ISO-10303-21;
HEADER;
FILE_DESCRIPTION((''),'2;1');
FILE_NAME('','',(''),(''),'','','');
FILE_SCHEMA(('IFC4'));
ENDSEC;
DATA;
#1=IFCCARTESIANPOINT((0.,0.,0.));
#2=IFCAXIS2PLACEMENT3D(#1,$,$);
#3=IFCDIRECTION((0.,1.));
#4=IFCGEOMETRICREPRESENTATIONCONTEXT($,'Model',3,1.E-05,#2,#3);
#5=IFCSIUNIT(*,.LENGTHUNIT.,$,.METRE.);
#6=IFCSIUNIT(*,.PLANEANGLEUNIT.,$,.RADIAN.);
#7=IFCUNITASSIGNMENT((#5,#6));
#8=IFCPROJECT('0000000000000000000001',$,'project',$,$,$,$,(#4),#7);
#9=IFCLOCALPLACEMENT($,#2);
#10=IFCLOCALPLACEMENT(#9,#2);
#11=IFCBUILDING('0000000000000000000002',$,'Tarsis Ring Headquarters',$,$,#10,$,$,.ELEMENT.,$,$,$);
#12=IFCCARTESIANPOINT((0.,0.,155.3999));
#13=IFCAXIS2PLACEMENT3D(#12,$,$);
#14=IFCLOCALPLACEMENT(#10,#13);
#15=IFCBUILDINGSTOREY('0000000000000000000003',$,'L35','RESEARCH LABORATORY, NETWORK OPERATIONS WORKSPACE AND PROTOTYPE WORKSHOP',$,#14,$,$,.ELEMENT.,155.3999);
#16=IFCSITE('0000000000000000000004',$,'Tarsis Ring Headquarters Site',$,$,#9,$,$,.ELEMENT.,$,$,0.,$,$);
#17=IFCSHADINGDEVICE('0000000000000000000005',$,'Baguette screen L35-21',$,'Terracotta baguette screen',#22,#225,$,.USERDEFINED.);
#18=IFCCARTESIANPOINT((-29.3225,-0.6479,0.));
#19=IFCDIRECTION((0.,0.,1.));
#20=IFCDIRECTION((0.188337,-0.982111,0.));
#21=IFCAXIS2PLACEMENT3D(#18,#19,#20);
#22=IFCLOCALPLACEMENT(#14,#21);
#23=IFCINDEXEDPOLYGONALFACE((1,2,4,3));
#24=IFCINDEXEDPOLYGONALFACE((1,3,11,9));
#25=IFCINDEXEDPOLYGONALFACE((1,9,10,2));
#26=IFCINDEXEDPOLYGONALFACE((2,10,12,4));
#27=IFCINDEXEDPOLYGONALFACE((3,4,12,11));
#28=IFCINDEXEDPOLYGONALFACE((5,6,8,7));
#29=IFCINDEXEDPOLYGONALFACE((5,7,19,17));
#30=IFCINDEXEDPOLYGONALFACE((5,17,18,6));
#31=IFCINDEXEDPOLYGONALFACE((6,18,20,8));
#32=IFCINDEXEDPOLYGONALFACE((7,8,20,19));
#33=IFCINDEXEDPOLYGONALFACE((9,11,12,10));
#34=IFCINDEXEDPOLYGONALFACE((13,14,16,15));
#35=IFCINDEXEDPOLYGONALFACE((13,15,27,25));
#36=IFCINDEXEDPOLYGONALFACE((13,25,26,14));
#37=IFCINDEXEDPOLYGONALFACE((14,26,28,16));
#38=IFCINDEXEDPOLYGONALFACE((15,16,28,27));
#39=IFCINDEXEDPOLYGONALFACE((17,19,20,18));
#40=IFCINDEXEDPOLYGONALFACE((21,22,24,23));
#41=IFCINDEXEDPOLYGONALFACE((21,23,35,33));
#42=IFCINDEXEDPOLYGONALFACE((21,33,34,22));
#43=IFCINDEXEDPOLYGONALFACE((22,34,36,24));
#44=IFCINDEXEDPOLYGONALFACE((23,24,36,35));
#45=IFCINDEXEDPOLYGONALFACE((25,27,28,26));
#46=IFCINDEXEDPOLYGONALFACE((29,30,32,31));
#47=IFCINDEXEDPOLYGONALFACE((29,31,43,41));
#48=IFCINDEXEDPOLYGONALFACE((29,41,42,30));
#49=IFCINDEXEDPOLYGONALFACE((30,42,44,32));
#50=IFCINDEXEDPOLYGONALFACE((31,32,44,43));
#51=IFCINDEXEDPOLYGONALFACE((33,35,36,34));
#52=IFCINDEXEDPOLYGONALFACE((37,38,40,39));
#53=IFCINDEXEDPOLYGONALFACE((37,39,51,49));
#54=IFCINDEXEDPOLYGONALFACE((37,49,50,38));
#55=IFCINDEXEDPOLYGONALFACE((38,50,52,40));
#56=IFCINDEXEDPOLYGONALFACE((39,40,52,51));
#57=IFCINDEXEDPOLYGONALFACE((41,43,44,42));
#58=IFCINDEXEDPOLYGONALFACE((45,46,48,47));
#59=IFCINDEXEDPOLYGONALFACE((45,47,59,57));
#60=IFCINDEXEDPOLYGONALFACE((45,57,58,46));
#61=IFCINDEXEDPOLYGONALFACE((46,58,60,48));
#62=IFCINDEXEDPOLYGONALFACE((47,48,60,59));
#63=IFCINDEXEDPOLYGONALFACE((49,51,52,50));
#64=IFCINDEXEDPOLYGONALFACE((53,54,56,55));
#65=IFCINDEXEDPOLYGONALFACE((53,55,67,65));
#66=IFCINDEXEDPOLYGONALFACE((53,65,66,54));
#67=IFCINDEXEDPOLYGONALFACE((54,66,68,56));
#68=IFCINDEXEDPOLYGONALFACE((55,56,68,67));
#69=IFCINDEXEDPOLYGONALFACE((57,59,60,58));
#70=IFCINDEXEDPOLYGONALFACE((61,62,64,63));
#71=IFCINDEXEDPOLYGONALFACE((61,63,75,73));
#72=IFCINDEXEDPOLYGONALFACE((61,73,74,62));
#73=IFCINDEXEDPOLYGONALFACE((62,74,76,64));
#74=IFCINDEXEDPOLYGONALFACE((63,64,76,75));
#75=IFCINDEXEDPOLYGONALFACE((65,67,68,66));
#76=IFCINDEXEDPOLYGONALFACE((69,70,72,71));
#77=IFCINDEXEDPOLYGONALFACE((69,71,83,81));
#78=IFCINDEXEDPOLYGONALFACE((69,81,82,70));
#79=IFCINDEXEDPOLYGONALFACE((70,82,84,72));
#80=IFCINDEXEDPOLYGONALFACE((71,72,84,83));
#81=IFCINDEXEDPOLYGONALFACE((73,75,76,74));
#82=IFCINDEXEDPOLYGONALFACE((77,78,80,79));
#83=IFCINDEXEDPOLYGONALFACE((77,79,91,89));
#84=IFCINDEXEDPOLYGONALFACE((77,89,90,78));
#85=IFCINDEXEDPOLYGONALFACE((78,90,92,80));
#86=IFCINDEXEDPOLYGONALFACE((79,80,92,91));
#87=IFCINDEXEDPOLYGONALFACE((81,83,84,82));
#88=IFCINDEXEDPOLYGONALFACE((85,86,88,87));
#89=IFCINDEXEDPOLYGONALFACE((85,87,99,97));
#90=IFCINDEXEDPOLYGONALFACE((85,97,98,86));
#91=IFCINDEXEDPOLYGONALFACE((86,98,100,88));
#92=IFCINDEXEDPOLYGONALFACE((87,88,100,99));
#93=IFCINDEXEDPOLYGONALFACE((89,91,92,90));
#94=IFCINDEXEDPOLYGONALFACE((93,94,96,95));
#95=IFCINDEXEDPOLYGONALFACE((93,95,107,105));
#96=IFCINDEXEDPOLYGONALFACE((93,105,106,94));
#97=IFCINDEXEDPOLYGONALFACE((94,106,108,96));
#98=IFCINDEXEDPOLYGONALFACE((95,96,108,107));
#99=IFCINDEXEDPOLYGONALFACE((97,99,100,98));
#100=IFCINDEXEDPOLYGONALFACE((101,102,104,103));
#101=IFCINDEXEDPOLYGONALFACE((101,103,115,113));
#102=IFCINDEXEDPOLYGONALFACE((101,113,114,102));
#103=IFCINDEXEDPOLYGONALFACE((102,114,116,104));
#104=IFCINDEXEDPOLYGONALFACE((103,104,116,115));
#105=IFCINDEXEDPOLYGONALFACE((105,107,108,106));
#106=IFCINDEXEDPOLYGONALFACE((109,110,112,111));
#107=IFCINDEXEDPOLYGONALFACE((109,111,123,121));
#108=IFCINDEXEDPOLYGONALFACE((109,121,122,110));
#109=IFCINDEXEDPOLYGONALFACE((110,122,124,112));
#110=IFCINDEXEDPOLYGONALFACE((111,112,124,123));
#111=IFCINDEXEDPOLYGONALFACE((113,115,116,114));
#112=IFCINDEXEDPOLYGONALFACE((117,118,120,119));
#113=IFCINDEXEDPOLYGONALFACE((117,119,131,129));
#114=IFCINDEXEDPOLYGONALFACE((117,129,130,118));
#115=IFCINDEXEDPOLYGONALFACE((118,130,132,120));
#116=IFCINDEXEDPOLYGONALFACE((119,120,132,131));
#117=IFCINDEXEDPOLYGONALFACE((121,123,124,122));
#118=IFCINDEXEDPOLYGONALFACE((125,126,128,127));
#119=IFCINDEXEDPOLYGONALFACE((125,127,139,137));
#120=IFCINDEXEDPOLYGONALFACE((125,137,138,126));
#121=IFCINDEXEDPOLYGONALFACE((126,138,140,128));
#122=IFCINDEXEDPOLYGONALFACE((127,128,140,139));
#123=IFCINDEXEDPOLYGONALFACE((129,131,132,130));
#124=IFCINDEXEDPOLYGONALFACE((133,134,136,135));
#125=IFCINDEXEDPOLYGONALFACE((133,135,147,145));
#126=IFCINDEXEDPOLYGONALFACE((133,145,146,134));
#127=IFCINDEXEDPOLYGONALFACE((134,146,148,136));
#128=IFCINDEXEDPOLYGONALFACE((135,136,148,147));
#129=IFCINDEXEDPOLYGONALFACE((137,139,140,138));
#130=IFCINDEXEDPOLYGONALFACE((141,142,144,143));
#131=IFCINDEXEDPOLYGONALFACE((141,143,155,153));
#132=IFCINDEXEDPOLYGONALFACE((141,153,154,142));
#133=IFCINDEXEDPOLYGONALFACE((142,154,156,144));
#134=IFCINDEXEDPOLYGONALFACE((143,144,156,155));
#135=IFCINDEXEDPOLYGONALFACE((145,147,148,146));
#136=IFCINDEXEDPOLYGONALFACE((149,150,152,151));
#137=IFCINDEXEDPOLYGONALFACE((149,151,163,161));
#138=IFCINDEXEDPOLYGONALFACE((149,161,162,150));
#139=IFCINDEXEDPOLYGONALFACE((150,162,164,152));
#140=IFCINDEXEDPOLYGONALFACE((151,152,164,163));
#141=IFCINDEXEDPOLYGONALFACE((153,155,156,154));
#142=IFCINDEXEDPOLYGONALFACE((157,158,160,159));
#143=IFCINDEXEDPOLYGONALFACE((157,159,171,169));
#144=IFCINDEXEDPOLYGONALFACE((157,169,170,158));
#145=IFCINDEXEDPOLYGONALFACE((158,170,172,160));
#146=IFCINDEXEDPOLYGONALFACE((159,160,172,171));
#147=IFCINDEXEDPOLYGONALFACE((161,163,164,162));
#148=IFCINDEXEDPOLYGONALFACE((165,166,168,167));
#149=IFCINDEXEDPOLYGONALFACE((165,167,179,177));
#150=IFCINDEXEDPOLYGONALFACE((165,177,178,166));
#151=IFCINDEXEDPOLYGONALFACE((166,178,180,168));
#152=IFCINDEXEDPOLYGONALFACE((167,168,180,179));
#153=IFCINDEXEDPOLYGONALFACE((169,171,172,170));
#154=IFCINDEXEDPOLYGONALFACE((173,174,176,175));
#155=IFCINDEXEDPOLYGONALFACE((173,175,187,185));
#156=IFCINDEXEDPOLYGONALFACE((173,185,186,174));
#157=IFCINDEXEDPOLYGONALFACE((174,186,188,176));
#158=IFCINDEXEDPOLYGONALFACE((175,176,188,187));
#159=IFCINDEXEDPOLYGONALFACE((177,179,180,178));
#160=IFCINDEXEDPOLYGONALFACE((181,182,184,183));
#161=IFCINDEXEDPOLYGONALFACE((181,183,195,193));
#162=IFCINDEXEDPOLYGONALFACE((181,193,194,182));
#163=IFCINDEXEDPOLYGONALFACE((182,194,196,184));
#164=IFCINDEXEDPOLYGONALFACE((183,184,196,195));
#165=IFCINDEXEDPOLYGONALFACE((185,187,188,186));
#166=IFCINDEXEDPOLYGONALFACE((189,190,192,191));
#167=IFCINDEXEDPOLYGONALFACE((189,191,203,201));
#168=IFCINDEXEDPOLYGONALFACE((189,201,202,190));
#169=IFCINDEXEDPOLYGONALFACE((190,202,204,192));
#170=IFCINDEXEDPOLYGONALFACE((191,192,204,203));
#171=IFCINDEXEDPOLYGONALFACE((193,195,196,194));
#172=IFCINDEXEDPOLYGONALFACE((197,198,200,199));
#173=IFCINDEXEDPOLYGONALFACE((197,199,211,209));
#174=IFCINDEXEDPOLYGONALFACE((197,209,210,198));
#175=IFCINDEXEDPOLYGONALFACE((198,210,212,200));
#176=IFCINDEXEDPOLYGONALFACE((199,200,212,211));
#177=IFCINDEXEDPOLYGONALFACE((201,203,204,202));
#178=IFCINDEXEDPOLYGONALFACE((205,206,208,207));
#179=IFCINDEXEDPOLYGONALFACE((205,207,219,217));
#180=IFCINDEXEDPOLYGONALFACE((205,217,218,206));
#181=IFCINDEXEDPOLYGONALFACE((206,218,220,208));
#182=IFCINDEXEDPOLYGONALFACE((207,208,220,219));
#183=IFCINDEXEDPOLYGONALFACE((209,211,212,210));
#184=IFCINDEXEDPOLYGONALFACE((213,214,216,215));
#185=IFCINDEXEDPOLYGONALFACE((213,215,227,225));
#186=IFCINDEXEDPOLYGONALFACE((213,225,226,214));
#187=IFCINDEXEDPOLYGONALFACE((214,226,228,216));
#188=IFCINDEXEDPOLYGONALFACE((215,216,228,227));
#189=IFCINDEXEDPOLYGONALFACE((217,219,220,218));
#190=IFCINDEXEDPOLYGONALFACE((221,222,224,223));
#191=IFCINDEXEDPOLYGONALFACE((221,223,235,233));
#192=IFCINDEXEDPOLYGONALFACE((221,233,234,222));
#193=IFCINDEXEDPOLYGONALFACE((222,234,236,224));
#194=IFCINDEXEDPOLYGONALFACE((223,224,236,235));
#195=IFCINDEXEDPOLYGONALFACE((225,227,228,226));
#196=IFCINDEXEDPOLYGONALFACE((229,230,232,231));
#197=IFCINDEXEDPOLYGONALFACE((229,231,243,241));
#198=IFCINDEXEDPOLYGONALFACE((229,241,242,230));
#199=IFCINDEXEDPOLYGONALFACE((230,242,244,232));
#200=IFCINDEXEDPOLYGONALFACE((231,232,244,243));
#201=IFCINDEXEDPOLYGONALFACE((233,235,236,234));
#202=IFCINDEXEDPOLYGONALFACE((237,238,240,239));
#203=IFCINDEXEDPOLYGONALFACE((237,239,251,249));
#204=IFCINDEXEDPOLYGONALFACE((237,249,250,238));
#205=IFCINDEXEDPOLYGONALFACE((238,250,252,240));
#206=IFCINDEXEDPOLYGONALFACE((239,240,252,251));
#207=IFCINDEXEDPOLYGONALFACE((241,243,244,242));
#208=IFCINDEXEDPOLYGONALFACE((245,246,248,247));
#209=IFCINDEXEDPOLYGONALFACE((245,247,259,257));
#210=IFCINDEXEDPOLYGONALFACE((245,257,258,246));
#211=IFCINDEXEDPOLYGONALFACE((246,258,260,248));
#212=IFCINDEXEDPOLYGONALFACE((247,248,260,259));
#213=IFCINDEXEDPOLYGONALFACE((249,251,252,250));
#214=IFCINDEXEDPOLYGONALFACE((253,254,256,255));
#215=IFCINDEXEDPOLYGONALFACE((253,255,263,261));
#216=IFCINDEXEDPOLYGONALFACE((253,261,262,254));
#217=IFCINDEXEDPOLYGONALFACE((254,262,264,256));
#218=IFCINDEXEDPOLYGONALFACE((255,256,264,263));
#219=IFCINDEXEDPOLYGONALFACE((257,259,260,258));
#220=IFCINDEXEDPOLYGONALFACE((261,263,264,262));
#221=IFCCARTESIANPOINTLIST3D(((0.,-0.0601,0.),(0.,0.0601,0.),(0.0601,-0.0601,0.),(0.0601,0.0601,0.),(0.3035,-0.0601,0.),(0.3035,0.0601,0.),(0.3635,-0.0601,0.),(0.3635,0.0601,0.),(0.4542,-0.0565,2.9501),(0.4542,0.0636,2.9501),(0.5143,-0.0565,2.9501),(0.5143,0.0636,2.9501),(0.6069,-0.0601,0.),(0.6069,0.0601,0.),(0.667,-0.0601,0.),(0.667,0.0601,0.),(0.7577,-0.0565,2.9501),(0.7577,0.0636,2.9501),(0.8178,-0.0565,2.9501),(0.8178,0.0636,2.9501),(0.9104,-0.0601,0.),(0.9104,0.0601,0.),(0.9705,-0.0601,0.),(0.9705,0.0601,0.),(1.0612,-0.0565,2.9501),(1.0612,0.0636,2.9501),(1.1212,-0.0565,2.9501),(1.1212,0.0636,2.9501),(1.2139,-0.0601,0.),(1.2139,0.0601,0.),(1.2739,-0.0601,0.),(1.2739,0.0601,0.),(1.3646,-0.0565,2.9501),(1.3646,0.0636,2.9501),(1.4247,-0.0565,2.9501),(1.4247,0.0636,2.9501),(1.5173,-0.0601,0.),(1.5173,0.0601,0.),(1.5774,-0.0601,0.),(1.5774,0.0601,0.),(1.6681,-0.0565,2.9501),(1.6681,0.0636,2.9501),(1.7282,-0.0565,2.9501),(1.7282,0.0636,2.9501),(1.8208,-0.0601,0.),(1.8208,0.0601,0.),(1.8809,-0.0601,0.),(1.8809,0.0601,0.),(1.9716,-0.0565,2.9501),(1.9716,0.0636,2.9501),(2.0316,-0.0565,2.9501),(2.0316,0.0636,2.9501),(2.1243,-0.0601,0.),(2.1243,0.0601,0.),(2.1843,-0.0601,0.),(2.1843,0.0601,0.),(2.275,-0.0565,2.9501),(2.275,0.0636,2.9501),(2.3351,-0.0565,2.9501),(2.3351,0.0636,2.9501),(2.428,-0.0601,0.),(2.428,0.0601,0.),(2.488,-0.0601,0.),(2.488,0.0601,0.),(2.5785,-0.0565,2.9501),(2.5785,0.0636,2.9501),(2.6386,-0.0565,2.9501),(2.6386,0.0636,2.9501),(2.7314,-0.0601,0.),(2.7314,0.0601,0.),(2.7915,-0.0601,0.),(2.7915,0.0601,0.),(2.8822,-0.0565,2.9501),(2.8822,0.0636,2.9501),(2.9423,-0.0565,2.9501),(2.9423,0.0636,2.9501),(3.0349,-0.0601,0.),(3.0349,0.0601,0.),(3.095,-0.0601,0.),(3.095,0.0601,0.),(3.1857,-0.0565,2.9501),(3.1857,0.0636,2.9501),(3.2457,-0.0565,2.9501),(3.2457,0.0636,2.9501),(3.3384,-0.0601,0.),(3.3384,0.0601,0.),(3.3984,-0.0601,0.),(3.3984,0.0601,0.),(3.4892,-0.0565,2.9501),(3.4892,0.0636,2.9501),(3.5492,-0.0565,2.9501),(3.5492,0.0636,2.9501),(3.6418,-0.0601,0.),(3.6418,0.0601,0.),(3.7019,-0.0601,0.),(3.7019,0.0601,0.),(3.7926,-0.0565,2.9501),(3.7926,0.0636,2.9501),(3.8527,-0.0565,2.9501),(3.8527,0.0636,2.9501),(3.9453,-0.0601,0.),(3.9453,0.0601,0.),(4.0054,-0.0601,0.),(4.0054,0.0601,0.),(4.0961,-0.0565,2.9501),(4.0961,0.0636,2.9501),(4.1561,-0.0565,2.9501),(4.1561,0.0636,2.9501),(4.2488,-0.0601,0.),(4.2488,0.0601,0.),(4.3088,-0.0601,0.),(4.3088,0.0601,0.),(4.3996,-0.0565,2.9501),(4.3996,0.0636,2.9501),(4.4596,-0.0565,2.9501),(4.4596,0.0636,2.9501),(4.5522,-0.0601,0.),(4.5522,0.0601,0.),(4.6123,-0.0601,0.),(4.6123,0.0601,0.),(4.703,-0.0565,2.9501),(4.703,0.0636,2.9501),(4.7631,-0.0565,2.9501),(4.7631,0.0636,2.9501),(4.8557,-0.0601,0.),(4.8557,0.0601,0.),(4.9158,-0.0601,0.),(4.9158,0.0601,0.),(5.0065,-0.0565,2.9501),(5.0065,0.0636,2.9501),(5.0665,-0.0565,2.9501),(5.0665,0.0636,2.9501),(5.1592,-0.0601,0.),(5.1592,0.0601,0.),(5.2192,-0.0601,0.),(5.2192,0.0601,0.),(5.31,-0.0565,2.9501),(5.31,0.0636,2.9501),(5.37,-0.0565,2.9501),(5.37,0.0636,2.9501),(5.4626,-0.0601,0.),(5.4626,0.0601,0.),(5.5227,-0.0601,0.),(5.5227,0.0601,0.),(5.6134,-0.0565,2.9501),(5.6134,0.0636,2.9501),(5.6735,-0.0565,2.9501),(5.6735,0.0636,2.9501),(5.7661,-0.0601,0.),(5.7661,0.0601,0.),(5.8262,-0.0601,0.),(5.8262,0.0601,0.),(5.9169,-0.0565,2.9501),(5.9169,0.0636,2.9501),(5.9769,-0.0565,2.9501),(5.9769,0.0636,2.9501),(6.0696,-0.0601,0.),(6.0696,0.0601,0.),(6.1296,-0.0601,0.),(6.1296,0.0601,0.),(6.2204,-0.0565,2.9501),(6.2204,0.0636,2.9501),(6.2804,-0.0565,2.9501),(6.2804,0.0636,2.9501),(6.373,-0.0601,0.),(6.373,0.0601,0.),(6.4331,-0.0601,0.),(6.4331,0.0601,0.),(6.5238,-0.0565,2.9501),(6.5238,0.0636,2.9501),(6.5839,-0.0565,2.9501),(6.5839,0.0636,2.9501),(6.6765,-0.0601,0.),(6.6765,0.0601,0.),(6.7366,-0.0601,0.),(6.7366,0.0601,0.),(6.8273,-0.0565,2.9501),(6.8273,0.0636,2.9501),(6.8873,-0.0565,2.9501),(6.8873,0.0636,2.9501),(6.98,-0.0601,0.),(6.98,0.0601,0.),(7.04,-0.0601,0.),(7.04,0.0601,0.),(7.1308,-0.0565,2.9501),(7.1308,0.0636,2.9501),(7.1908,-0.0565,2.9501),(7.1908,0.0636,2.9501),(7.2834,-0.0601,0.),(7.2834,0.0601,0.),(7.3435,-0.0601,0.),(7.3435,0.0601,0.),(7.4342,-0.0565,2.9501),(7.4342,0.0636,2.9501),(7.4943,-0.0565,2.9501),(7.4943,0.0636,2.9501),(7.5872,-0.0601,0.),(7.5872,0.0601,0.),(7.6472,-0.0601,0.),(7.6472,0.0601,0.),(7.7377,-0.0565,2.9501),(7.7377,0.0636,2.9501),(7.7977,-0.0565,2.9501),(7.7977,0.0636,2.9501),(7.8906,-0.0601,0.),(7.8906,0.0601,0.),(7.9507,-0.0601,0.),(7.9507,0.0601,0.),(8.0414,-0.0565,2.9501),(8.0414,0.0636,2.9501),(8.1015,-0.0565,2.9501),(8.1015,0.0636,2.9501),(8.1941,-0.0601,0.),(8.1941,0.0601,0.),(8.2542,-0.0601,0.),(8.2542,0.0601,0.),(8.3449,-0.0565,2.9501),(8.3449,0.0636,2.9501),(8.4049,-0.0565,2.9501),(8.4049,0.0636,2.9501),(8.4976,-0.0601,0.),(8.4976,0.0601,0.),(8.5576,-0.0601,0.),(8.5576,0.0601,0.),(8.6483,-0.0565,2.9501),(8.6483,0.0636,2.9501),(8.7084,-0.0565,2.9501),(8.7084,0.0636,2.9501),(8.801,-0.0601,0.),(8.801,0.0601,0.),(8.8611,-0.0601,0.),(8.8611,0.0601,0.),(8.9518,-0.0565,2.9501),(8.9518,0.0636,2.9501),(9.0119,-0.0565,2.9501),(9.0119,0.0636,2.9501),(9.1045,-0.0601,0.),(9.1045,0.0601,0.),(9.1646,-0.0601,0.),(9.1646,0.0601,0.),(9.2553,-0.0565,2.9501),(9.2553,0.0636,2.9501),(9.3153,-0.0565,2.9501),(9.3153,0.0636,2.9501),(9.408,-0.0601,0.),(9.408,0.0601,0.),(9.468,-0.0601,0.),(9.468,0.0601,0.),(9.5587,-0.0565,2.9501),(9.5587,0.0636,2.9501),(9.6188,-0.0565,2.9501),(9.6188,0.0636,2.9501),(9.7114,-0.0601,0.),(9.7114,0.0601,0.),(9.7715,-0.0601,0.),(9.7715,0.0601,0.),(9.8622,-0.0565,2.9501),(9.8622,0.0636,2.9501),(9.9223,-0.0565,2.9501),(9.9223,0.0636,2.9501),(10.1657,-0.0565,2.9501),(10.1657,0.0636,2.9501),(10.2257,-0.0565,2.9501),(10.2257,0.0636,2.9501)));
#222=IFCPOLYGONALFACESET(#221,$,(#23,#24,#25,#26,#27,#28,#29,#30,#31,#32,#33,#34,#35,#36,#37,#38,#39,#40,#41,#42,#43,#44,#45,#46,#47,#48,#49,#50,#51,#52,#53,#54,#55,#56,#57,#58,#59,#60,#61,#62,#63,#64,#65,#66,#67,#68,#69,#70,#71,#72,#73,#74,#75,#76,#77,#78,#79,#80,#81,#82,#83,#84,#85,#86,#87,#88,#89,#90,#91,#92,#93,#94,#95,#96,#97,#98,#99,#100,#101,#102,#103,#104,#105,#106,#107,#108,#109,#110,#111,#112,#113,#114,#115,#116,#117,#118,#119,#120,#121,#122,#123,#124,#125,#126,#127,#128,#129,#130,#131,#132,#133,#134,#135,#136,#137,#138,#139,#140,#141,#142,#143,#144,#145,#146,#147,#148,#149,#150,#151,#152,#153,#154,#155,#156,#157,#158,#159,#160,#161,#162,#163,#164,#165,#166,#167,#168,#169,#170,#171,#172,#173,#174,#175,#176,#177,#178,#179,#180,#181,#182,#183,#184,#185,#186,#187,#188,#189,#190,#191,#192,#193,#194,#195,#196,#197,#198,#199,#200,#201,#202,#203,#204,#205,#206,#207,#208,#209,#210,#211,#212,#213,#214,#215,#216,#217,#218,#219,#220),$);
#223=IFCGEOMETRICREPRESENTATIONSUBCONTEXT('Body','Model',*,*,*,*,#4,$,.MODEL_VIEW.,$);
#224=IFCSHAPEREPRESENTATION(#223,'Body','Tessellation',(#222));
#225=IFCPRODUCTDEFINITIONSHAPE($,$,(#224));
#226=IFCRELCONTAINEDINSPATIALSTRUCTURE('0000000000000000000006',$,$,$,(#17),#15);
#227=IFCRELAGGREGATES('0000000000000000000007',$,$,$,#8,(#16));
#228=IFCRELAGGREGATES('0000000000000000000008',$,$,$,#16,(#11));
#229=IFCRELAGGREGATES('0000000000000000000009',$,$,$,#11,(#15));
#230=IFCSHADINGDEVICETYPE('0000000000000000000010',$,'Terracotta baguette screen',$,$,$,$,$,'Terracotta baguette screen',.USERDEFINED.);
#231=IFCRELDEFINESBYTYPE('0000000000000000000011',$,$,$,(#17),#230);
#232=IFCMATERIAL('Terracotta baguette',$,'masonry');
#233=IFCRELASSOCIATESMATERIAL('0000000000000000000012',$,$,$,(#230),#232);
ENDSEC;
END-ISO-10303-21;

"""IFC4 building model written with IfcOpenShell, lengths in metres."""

from ifc_helpers import new_model, si_unit, direction, frame, frame_2d, origin, place, context, subcontext, project, spatial, rectangle, composite_profile, extrude, material, type_object, element, save


model = new_model("IFC4")

# Units and contexts
model_context = context("Model", 3, precision=1e-05, world=origin(), true_north=direction((0.0, 1.0)))
body_context = subcontext(model_context, "Body", "Model", "MODEL_VIEW")
ifc_project = project(units=[si_unit("LENGTHUNIT", "METRE"), si_unit("PLANEANGLEUNIT", "RADIAN")], contexts=[model_context])

# Site, building, storey
site_placement = place(None, origin())
site = spatial("IfcSite", under=ifc_project, at=site_placement, Name="Tarsis Ring Headquarters Site", CompositionType="ELEMENT", RefElevation=0.0)
building_placement = place(site_placement, origin())
building = spatial("IfcBuilding", under=site, at=building_placement, Name="Tarsis Ring Headquarters", CompositionType="ELEMENT")
storey_placement = place(building_placement, frame((0.0, 0.0, 155.3999)))
storey = spatial("IfcBuildingStorey", under=building, at=storey_placement, Name="L35", Description="RESEARCH LABORATORY, NETWORK OPERATIONS WORKSPACE AND PROTOTYPE WORKSHOP", CompositionType="ELEMENT", Elevation=155.3999)

# Shading device
ifc_material_1 = material(Name="Terracotta baguette", Category="masonry")
shading_device_type_1 = type_object("IfcShadingDeviceType", Name="Terracotta baguette screen", ElementType="Terracotta baguette screen", PredefinedType="USERDEFINED", material=ifc_material_1)
shading_device_1_placement = place(storey_placement, frame((-29.3225, -0.6479, 0.0), z_axis=(0.0, 0.0, 1.0), x_axis=(0.188337, -0.982111, 0.0)))
element("IfcShadingDevice", 1, at=shading_device_1_placement, inside=storey, type_object=shading_device_type_1, Name="Baguette screen L35-21", ObjectType="Terracotta baguette screen", PredefinedType="USERDEFINED", context=body_context, shape_type="SweptSolid", body=[
    extrude(composite_profile([rectangle(XDim=0.0601, YDim=0.1201, at=frame_2d((0.03, 0.0))), rectangle(XDim=0.0601, YDim=0.1201, at=frame_2d((0.3335, 0.0))), rectangle(XDim=0.0601, YDim=0.1201, at=frame_2d((0.637, 0.0))), rectangle(XDim=0.0601, YDim=0.1201, at=frame_2d((0.9404, 0.0))), rectangle(XDim=0.0601, YDim=0.1201, at=frame_2d((1.2439, 0.0))), rectangle(XDim=0.0601, YDim=0.1201, at=frame_2d((1.5474, 0.0))), rectangle(XDim=0.0601, YDim=0.1201, at=frame_2d((1.8508, 0.0))), rectangle(XDim=0.0601, YDim=0.1201, at=frame_2d((2.1543, 0.0))), rectangle(XDim=0.0601, YDim=0.1201, at=frame_2d((2.458, 0.0))), rectangle(XDim=0.0601, YDim=0.1201, at=frame_2d((2.7615, 0.0))), rectangle(XDim=0.0601, YDim=0.1201, at=frame_2d((3.0649, 0.0))), rectangle(XDim=0.0601, YDim=0.1201, at=frame_2d((3.3684, 0.0))), rectangle(XDim=0.0601, YDim=0.1201, at=frame_2d((3.6719, 0.0))), rectangle(XDim=0.0601, YDim=0.1201, at=frame_2d((3.9753, 0.0))), rectangle(XDim=0.0601, YDim=0.1201, at=frame_2d((4.2788, 0.0))), rectangle(XDim=0.0601, YDim=0.1201, at=frame_2d((4.5823, 0.0))), rectangle(XDim=0.0601, YDim=0.1201, at=frame_2d((4.8857, 0.0))), rectangle(XDim=0.0601, YDim=0.1201, at=frame_2d((5.1892, 0.0))), rectangle(XDim=0.0601, YDim=0.1201, at=frame_2d((5.4927, 0.0))), rectangle(XDim=0.0601, YDim=0.1201, at=frame_2d((5.7961, 0.0))), rectangle(XDim=0.0601, YDim=0.1201, at=frame_2d((6.0996, 0.0))), rectangle(XDim=0.0601, YDim=0.1201, at=frame_2d((6.4031, 0.0))), rectangle(XDim=0.0601, YDim=0.1201, at=frame_2d((6.7065, 0.0))), rectangle(XDim=0.0601, YDim=0.1201, at=frame_2d((7.01, 0.0))), rectangle(XDim=0.0601, YDim=0.1201, at=frame_2d((7.3135, 0.0))), rectangle(XDim=0.0601, YDim=0.1201, at=frame_2d((7.6172, 0.0))), rectangle(XDim=0.0601, YDim=0.1201, at=frame_2d((7.9207, 0.0))), rectangle(XDim=0.0601, YDim=0.1201, at=frame_2d((8.2241, 0.0))), rectangle(XDim=0.0601, YDim=0.1201, at=frame_2d((8.5276, 0.0))), rectangle(XDim=0.0601, YDim=0.1201, at=frame_2d((8.8311, 0.0))), rectangle(XDim=0.0601, YDim=0.1201, at=frame_2d((9.1345, 0.0))), rectangle(XDim=0.0601, YDim=0.1201, at=frame_2d((9.438, 0.0))), rectangle(XDim=0.0601, YDim=0.1201, at=frame_2d((9.7415, 0.0)))]), origin(), (0.152181, 0.001194, 0.988352), 2.9849),
])

save(model, "model.ifc")
